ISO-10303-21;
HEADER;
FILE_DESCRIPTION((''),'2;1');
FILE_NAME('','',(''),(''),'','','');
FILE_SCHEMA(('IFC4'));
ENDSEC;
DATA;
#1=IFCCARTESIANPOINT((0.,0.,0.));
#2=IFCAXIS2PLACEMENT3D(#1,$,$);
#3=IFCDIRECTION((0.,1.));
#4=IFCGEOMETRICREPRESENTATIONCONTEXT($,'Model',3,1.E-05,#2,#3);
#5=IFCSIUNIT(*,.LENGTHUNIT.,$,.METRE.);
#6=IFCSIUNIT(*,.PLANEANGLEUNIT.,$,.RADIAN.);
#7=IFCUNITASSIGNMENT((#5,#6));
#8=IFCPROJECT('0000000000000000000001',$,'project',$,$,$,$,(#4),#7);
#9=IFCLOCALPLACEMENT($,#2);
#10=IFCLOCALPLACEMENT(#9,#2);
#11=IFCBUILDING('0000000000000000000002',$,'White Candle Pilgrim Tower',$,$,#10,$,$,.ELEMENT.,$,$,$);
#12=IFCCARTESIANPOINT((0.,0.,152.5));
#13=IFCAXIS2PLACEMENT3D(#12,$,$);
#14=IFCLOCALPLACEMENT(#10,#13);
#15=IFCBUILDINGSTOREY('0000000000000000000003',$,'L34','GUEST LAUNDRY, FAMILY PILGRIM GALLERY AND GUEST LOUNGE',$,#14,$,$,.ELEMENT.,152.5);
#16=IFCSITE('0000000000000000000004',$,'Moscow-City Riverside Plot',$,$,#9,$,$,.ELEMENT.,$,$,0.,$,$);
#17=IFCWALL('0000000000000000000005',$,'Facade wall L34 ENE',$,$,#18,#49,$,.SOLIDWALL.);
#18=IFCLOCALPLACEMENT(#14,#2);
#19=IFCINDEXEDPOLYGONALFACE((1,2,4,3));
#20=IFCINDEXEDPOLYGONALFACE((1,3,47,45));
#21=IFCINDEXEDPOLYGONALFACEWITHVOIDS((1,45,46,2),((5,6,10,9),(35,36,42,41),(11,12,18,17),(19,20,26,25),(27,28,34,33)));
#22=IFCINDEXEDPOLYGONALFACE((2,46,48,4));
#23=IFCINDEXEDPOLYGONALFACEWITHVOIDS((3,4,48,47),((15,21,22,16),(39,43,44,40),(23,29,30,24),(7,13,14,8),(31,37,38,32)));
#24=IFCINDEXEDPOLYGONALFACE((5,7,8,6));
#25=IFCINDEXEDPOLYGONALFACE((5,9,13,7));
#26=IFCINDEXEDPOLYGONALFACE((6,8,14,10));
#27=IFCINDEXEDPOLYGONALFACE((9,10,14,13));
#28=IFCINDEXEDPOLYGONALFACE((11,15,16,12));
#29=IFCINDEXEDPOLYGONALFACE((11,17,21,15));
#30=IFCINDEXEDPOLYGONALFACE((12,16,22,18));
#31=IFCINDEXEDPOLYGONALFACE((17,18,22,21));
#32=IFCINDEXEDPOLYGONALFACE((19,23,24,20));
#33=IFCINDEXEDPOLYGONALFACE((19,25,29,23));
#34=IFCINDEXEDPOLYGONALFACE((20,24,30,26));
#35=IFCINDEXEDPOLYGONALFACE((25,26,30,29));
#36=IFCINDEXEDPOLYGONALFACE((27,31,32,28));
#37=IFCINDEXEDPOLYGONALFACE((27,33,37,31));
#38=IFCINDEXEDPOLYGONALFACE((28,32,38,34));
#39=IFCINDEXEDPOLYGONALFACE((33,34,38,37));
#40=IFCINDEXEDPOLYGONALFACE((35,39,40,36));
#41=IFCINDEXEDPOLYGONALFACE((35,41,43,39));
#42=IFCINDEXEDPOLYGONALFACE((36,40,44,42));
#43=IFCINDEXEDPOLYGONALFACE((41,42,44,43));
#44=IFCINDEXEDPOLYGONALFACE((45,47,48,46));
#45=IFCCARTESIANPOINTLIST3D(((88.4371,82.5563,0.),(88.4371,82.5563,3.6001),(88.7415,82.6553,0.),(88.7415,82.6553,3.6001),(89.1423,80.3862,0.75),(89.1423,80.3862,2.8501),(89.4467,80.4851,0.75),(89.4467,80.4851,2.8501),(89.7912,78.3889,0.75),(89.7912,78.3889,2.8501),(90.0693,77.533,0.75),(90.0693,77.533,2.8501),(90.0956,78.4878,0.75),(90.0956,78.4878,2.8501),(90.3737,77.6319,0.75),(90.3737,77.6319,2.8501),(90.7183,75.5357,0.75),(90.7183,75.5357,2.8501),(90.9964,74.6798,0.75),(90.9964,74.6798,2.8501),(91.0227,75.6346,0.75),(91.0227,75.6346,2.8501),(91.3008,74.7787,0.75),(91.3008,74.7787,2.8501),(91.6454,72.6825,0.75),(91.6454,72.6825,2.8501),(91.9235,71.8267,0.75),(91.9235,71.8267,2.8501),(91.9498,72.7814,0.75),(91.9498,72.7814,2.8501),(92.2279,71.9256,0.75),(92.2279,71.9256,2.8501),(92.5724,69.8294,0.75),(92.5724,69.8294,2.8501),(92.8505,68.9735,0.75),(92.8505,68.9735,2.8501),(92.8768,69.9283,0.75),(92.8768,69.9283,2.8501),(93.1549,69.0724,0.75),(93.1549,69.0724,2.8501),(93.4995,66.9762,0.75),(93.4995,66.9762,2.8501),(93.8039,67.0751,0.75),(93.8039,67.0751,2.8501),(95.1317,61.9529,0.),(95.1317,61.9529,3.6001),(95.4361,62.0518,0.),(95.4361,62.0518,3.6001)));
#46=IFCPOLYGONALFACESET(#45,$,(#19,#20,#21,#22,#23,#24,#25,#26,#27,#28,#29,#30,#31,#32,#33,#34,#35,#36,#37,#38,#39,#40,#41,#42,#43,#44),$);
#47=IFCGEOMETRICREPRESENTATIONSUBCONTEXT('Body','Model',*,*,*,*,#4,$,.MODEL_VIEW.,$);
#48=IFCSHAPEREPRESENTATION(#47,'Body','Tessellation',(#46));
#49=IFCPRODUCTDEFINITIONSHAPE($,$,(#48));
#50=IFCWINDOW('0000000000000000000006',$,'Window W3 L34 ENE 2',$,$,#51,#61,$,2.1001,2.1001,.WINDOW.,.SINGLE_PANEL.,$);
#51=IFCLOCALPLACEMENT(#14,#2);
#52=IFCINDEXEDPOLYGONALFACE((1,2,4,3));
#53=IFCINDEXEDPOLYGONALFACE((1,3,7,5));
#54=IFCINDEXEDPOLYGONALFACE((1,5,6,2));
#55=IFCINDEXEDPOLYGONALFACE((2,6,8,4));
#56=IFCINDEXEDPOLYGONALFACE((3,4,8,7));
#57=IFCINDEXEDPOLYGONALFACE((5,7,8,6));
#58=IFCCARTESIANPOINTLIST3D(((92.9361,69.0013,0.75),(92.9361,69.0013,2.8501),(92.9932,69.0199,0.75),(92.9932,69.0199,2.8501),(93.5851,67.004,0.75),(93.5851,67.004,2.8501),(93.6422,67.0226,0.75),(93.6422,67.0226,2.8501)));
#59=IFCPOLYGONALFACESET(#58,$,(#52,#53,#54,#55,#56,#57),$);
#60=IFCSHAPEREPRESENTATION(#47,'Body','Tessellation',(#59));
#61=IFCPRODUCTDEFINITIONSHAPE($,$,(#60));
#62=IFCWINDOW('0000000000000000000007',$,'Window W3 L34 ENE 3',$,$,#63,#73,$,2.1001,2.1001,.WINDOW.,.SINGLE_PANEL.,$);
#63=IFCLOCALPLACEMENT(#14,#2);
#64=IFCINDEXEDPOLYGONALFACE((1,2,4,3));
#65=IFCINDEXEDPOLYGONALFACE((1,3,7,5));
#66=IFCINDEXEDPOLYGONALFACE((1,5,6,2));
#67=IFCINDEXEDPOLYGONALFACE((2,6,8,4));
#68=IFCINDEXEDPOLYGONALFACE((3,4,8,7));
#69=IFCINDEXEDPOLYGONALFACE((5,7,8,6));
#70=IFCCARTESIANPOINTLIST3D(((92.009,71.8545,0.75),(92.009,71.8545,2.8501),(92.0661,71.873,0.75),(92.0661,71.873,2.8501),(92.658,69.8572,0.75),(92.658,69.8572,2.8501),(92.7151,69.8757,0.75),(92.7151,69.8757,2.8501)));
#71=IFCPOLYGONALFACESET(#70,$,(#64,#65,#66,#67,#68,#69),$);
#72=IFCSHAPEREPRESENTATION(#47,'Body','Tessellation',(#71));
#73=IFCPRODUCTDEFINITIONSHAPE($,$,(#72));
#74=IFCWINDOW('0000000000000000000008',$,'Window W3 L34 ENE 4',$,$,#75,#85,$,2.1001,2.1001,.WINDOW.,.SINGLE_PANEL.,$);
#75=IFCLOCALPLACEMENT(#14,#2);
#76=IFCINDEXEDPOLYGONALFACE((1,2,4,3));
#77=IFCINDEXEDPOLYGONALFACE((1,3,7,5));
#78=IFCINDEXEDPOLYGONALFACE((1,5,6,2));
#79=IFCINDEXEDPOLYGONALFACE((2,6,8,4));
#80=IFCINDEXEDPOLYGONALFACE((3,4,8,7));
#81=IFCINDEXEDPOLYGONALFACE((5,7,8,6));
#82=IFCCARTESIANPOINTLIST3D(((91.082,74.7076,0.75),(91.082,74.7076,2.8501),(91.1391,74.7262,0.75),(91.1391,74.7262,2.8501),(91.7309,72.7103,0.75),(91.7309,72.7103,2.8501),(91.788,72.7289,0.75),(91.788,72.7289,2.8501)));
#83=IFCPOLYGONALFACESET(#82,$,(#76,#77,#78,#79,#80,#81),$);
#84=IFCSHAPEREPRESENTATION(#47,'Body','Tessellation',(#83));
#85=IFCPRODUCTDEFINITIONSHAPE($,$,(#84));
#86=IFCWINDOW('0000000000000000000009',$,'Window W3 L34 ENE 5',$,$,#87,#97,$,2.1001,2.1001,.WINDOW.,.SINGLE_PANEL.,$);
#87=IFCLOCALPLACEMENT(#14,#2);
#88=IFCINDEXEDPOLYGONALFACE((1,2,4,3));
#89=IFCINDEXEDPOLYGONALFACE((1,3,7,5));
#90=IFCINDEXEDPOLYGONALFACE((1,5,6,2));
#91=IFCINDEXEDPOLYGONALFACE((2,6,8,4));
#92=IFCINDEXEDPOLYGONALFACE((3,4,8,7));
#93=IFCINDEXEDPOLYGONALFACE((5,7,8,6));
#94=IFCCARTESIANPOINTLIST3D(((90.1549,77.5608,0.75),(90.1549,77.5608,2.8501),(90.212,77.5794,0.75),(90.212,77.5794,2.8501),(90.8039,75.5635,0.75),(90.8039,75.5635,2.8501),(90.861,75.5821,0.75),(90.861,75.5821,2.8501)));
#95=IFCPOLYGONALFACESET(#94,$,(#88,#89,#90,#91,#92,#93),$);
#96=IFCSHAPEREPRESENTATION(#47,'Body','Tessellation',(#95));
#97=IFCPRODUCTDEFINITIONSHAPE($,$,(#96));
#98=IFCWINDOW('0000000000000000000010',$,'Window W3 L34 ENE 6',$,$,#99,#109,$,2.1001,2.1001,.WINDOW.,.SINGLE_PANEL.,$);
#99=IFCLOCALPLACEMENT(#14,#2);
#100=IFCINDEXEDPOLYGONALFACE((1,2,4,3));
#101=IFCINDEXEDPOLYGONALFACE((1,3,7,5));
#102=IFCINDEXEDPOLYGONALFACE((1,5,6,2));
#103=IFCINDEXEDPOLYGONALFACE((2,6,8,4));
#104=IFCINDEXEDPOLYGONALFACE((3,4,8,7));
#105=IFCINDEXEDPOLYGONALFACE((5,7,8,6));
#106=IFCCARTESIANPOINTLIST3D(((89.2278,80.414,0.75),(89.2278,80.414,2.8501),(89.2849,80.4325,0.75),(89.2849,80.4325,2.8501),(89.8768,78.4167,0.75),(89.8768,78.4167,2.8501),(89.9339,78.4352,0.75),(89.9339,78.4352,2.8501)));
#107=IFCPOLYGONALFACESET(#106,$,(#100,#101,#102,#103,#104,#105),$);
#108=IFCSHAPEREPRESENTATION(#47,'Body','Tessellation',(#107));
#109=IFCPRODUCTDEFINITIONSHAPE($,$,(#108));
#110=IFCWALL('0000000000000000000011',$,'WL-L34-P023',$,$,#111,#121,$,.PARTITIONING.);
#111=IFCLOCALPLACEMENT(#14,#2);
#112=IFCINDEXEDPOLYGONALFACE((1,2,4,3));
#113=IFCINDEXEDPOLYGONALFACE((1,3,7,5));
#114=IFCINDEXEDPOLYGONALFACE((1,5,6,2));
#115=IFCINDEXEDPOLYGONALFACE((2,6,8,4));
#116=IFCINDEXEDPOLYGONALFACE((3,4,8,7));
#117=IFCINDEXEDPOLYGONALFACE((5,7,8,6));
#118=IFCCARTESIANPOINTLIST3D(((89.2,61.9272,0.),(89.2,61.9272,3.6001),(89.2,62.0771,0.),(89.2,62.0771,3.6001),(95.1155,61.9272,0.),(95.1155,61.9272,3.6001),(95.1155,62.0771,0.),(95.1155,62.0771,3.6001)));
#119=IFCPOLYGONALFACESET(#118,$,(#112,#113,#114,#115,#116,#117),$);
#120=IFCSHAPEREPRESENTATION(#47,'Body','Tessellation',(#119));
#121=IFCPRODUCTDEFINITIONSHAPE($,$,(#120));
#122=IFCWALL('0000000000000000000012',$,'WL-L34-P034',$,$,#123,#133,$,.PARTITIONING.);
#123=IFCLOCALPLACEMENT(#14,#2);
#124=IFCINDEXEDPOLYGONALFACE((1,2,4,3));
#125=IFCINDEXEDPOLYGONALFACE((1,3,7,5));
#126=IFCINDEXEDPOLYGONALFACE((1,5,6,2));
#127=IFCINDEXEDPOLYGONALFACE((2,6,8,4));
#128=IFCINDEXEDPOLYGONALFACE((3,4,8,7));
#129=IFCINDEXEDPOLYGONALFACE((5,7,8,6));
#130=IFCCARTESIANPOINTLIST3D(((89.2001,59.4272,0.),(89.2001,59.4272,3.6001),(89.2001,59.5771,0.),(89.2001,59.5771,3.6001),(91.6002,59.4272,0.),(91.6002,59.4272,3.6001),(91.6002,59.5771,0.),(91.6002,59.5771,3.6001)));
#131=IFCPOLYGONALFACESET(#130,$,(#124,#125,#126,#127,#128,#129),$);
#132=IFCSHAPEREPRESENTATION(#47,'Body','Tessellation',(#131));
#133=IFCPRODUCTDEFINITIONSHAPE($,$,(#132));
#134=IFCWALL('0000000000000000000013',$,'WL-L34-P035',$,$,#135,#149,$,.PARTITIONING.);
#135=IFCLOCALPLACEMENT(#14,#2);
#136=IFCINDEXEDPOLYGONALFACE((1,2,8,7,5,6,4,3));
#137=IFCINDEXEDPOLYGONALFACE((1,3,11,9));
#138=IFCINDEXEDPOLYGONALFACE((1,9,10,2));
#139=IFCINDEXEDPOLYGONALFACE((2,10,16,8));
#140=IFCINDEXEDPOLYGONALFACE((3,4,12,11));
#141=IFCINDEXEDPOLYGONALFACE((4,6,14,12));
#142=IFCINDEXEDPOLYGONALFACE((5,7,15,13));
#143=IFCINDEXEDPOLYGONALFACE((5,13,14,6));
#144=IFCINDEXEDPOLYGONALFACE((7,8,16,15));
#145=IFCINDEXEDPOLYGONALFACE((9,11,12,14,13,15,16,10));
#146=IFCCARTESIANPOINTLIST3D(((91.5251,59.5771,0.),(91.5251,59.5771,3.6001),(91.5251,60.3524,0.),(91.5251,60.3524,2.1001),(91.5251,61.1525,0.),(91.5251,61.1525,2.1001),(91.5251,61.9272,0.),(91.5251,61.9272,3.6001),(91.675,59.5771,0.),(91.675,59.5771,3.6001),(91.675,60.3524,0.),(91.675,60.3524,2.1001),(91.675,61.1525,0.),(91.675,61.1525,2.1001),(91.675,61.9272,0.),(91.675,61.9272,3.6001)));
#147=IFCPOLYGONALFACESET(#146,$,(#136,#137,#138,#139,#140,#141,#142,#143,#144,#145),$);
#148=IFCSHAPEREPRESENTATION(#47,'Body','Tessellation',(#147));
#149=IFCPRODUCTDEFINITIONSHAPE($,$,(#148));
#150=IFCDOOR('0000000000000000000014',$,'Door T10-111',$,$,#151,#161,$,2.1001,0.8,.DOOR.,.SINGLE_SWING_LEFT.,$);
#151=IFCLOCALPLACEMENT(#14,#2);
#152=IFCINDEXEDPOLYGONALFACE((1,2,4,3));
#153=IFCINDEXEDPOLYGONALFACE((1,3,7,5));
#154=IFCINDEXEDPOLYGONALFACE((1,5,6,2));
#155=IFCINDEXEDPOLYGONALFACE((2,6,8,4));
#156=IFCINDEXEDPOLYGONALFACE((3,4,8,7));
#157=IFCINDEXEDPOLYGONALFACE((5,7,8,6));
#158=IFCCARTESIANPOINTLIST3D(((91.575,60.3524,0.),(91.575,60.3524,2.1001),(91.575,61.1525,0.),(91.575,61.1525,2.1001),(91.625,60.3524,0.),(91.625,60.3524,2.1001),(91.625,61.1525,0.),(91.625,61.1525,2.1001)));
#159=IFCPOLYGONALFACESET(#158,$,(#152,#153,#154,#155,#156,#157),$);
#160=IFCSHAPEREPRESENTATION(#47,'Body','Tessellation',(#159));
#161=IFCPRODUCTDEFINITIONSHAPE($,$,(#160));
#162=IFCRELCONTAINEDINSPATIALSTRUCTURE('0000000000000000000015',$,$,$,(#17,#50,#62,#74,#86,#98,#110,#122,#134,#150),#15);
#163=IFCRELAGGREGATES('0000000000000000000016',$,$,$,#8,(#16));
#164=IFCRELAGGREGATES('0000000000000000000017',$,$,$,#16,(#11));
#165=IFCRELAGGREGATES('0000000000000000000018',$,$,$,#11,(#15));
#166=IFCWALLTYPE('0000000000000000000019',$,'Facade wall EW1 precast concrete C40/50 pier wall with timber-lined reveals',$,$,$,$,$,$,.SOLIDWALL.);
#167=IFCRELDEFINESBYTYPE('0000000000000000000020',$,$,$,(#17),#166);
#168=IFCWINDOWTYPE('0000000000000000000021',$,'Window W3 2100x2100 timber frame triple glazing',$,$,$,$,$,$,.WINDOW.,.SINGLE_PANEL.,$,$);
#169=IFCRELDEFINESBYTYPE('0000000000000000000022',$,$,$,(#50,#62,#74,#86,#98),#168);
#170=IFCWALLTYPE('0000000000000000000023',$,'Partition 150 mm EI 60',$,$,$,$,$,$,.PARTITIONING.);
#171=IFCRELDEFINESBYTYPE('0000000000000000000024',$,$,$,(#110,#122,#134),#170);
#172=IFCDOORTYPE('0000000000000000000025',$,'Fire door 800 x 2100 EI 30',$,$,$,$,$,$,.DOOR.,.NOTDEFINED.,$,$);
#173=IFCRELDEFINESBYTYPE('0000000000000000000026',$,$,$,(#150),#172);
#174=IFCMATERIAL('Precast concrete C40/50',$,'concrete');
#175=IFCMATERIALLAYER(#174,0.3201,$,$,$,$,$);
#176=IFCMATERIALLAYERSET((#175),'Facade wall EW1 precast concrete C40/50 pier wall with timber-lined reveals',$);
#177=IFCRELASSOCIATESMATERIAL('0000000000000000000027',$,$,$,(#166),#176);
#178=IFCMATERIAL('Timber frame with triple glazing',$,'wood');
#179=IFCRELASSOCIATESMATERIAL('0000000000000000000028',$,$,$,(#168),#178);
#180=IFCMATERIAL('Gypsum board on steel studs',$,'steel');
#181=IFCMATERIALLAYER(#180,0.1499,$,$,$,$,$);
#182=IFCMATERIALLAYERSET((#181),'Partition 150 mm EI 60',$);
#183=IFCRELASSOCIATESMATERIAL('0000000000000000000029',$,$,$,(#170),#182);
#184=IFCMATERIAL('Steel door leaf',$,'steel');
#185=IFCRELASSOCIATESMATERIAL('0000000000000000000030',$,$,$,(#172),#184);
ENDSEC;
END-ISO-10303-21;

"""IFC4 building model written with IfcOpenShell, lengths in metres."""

from ifc_helpers import new_model, si_unit, direction, frame, frame_2d, origin, place, context, subcontext, project, spatial, rectangle, extrude, material, layer, layer_set, type_object, element, fill, save


model = new_model("IFC4")

# Units and contexts
model_context = context("Model", 3, precision=1e-05, world=origin(), true_north=direction((0.0, 1.0)))
body_context = subcontext(model_context, "Body", "Model", "MODEL_VIEW")
ifc_project = project(units=[si_unit("LENGTHUNIT", "METRE"), si_unit("PLANEANGLEUNIT", "RADIAN")], contexts=[model_context])

# Site, building, storey
site_placement = place(None, origin())
site = spatial("IfcSite", under=ifc_project, at=site_placement, Name="Moscow-City Riverside Plot", CompositionType="ELEMENT", RefElevation=0.0)
building_placement = place(site_placement, origin())
building = spatial("IfcBuilding", under=site, at=building_placement, Name="White Candle Pilgrim Tower", CompositionType="ELEMENT")
storey_placement = place(building_placement, frame((0.0, 0.0, 152.5)))
storey = spatial("IfcBuildingStorey", under=building, at=storey_placement, Name="L34", Description="GUEST LAUNDRY, FAMILY PILGRIM GALLERY AND GUEST LOUNGE", CompositionType="ELEMENT", Elevation=152.5)

# Shared definitions
ifc_material_1 = material(Name="Gypsum board on steel studs", Category="steel")
ifc_material_2 = material(Name="Steel door leaf", Category="steel")

# Wall, openings, windows
ifc_material_3 = material(Name="Precast concrete C40/50", Category="concrete")
ifc_layer_1 = layer(ifc_material_3, 0.3201)
ifc_layer_set_1 = layer_set([ifc_layer_1], Name="Facade wall EW1 precast concrete C40/50 pier wall with timber-lined reveals")
wall_type_1 = type_object("IfcWallType", Name="Facade wall EW1 precast concrete C40/50 pier wall with timber-lined reveals", PredefinedType="SOLIDWALL", material=ifc_layer_set_1)
wall_1_placement = place(storey_placement, frame((95.2839, 62.0022, 0.0), z_axis=(0.0, 0.0, 1.0), x_axis=(-0.309021, 0.951055, 0.0)))
wall_1 = element("IfcWall", 1, at=wall_1_placement, inside=storey, type_object=wall_type_1, Name="Facade wall L34 ENE", PredefinedType="SOLIDWALL", context=body_context, shape_type="SweptSolid", body=[
    extrude(rectangle(XDim=21.6638, YDim=0.3201, at=frame_2d((10.832, 0.0))), origin(), (0.0, 0.0, 1.0), 3.6001),
])
opening_1_placement = place(wall_1_placement, frame((5.282, 0.0, 0.75)))
opening_1 = element("IfcOpeningElement", 2, at=opening_1_placement, cuts=wall_1, PredefinedType="OPENING", context=body_context, shape_type="SweptSolid", body=[
    extrude(rectangle(XDim=2.1001, YDim=2.1001, at=frame_2d((1.05, 1.05))), frame((0.0, 0.1699, 0.0), z_axis=(0.0, -1.0, 0.0), x_axis=(1.0, 0.0, 0.0)), (0.0, 0.0, 1.0), 0.3401),
])
opening_2_placement = place(wall_1_placement, frame((8.282, 0.0, 0.75)))
opening_2 = element("IfcOpeningElement", 3, at=opening_2_placement, cuts=wall_1, PredefinedType="OPENING", context=body_context, shape_type="SweptSolid", body=[
    extrude(rectangle(XDim=2.1001, YDim=2.1001, at=frame_2d((1.05, 1.05))), frame((0.0, 0.1699, 0.0), z_axis=(0.0, -1.0, 0.0), x_axis=(1.0, 0.0, 0.0)), (0.0, 0.0, 1.0), 0.3401),
])
opening_3_placement = place(wall_1_placement, frame((11.282, 0.0, 0.75)))
opening_3 = element("IfcOpeningElement", 4, at=opening_3_placement, cuts=wall_1, PredefinedType="OPENING", context=body_context, shape_type="SweptSolid", body=[
    extrude(rectangle(XDim=2.1001, YDim=2.1001, at=frame_2d((1.05, 1.05))), frame((0.0, 0.1699, 0.0), z_axis=(0.0, -1.0, 0.0), x_axis=(1.0, 0.0, 0.0)), (0.0, 0.0, 1.0), 0.3401),
])
opening_4_placement = place(wall_1_placement, frame((14.282, 0.0, 0.75)))
opening_4 = element("IfcOpeningElement", 5, at=opening_4_placement, cuts=wall_1, PredefinedType="OPENING", context=body_context, shape_type="SweptSolid", body=[
    extrude(rectangle(XDim=2.1001, YDim=2.1001, at=frame_2d((1.05, 1.05))), frame((0.0, 0.1699, 0.0), z_axis=(0.0, -1.0, 0.0), x_axis=(1.0, 0.0, 0.0)), (0.0, 0.0, 1.0), 0.3401),
])
opening_5_placement = place(wall_1_placement, frame((17.282, 0.0, 0.75)))
opening_5 = element("IfcOpeningElement", 6, at=opening_5_placement, cuts=wall_1, PredefinedType="OPENING", context=body_context, shape_type="SweptSolid", body=[
    extrude(rectangle(XDim=2.1001, YDim=2.1001, at=frame_2d((1.05, 1.05))), frame((0.0, 0.1699, 0.0), z_axis=(0.0, -1.0, 0.0), x_axis=(1.0, 0.0, 0.0)), (0.0, 0.0, 1.0), 0.3401),
])
ifc_material_4 = material(Name="Timber frame with triple glazing", Category="wood")
window_type = type_object("IfcWindowType", Name="Window W3 2100x2100 timber frame triple glazing", PartitioningType="SINGLE_PANEL", PredefinedType="WINDOW", material=ifc_material_4)
window_1_placement = place(opening_1_placement, origin())
window_1 = element("IfcWindow", 7, at=window_1_placement, inside=storey, type_object=window_type, Name="Window W3 L34 ENE 2", OverallHeight=2.1001, OverallWidth=2.1001, PartitioningType="SINGLE_PANEL", PredefinedType="WINDOW", context=body_context, shape_type="SweptSolid", body=[
    extrude(rectangle(XDim=2.1001, YDim=2.1001, at=frame_2d((1.05, 1.05))), frame((0.0, 0.0701, 0.0), z_axis=(0.0, -1.0, 0.0), x_axis=(1.0, 0.0, 0.0)), (0.0, 0.0, 1.0), 0.0601),
])
fill(opening_1, window_1)
window_2_placement = place(opening_2_placement, origin())
window_2 = element("IfcWindow", 8, at=window_2_placement, inside=storey, type_object=window_type, Name="Window W3 L34 ENE 3", OverallHeight=2.1001, OverallWidth=2.1001, PartitioningType="SINGLE_PANEL", PredefinedType="WINDOW", context=body_context, shape_type="SweptSolid", body=[
    extrude(rectangle(XDim=2.1001, YDim=2.1001, at=frame_2d((1.05, 1.05))), frame((0.0, 0.0701, 0.0), z_axis=(0.0, -1.0, 0.0), x_axis=(1.0, 0.0, 0.0)), (0.0, 0.0, 1.0), 0.0601),
])
fill(opening_2, window_2)
window_3_placement = place(opening_3_placement, origin())
window_3 = element("IfcWindow", 9, at=window_3_placement, inside=storey, type_object=window_type, Name="Window W3 L34 ENE 4", OverallHeight=2.1001, OverallWidth=2.1001, PartitioningType="SINGLE_PANEL", PredefinedType="WINDOW", context=body_context, shape_type="SweptSolid", body=[
    extrude(rectangle(XDim=2.1001, YDim=2.1001, at=frame_2d((1.05, 1.05))), frame((0.0, 0.0701, 0.0), z_axis=(0.0, -1.0, 0.0), x_axis=(1.0, 0.0, 0.0)), (0.0, 0.0, 1.0), 0.0601),
])
fill(opening_3, window_3)
window_4_placement = place(opening_4_placement, origin())
window_4 = element("IfcWindow", 10, at=window_4_placement, inside=storey, type_object=window_type, Name="Window W3 L34 ENE 5", OverallHeight=2.1001, OverallWidth=2.1001, PartitioningType="SINGLE_PANEL", PredefinedType="WINDOW", context=body_context, shape_type="SweptSolid", body=[
    extrude(rectangle(XDim=2.1001, YDim=2.1001, at=frame_2d((1.05, 1.05))), frame((0.0, 0.0701, 0.0), z_axis=(0.0, -1.0, 0.0), x_axis=(1.0, 0.0, 0.0)), (0.0, 0.0, 1.0), 0.0601),
])
fill(opening_4, window_4)
window_5_placement = place(opening_5_placement, origin())
window_5 = element("IfcWindow", 11, at=window_5_placement, inside=storey, type_object=window_type, Name="Window W3 L34 ENE 6", OverallHeight=2.1001, OverallWidth=2.1001, PartitioningType="SINGLE_PANEL", PredefinedType="WINDOW", context=body_context, shape_type="SweptSolid", body=[
    extrude(rectangle(XDim=2.1001, YDim=2.1001, at=frame_2d((1.05, 1.05))), frame((0.0, 0.0701, 0.0), z_axis=(0.0, -1.0, 0.0), x_axis=(1.0, 0.0, 0.0)), (0.0, 0.0, 1.0), 0.0601),
])
fill(opening_5, window_5)

# Walls
ifc_layer_2 = layer(ifc_material_1, 0.1499)
ifc_layer_set_2 = layer_set([ifc_layer_2], Name="Partition 150 mm EI 60")
wall_type_2 = type_object("IfcWallType", Name="Partition 150 mm EI 60", PredefinedType="PARTITIONING", material=ifc_layer_set_2)
wall_2_placement = place(storey_placement, frame((95.1155, 62.0022, 0.0), z_axis=(0.0, 0.0, 1.0), x_axis=(-1.0, 0.0, 0.0)))
element("IfcWall", 12, at=wall_2_placement, inside=storey, type_object=wall_type_2, Name="WL-L34-P023", PredefinedType="PARTITIONING", context=body_context, shape_type="SweptSolid", body=[
    extrude(rectangle(XDim=5.9155, YDim=0.1499, at=frame_2d((2.9578, 0.0))), origin(), (0.0, 0.0, 1.0), 3.6001),
])
wall_3_placement = place(storey_placement, frame((89.2, 59.5022, 0.0), z_axis=(0.0, 0.0, 1.0), x_axis=(1.0, 0.0, 0.0)))
element("IfcWall", 13, at=wall_3_placement, inside=storey, type_object=wall_type_2, Name="WL-L34-P034", PredefinedType="PARTITIONING", context=body_context, shape_type="SweptSolid", body=[
    extrude(rectangle(XDim=2.4001, YDim=0.1499, at=frame_2d((1.2002, 0.0))), origin(), (0.0, 0.0, 1.0), 3.6001),
])

# Wall, opening, door
wall_4_placement = place(storey_placement, frame((91.6001, 61.9272, 0.0), z_axis=(0.0, 0.0, 1.0), x_axis=(0.0, -1.0, 0.0)))
wall_4 = element("IfcWall", 14, at=wall_4_placement, inside=storey, type_object=wall_type_2, Name="WL-L34-P035", PredefinedType="PARTITIONING", context=body_context, shape_type="SweptSolid", body=[
    extrude(rectangle(XDim=2.3501, YDim=0.1499, at=frame_2d((1.175, 0.0))), origin(), (0.0, 0.0, 1.0), 3.6001),
])
opening_6_placement = place(wall_4_placement, frame((0.7749, 0.0, 0.0)))
opening_6 = element("IfcOpeningElement", 15, at=opening_6_placement, cuts=wall_4, PredefinedType="OPENING", context=body_context, shape_type="SweptSolid", body=[
    extrude(rectangle(XDim=0.8, YDim=2.1001, at=frame_2d((0.3999, 1.05))), frame((0.0, 0.085, 0.0), z_axis=(0.0, -1.0, 0.0), x_axis=(1.0, 0.0, 0.0)), (0.0, 0.0, 1.0), 0.1699),
])
door_type_1 = type_object("IfcDoorType", Name="Fire door 800 x 2100 EI 30", OperationType="NOTDEFINED", PredefinedType="DOOR", material=ifc_material_2)
door_1_placement = place(opening_6_placement, origin())
door_1 = element("IfcDoor", 16, at=door_1_placement, inside=storey, type_object=door_type_1, Name="Door T10-111", OperationType="SINGLE_SWING_LEFT", OverallHeight=2.1001, OverallWidth=0.8, PredefinedType="DOOR", context=body_context, shape_type="SweptSolid", body=[
    extrude(rectangle(XDim=0.8, YDim=2.1001, at=frame_2d((0.3999, 1.05))), frame((0.0, 0.0249, 0.0), z_axis=(0.0, -1.0, 0.0), x_axis=(1.0, 0.0, 0.0)), (0.0, 0.0, 1.0), 0.05),
])
fill(opening_6, door_1)

save(model, "model.ifc")
